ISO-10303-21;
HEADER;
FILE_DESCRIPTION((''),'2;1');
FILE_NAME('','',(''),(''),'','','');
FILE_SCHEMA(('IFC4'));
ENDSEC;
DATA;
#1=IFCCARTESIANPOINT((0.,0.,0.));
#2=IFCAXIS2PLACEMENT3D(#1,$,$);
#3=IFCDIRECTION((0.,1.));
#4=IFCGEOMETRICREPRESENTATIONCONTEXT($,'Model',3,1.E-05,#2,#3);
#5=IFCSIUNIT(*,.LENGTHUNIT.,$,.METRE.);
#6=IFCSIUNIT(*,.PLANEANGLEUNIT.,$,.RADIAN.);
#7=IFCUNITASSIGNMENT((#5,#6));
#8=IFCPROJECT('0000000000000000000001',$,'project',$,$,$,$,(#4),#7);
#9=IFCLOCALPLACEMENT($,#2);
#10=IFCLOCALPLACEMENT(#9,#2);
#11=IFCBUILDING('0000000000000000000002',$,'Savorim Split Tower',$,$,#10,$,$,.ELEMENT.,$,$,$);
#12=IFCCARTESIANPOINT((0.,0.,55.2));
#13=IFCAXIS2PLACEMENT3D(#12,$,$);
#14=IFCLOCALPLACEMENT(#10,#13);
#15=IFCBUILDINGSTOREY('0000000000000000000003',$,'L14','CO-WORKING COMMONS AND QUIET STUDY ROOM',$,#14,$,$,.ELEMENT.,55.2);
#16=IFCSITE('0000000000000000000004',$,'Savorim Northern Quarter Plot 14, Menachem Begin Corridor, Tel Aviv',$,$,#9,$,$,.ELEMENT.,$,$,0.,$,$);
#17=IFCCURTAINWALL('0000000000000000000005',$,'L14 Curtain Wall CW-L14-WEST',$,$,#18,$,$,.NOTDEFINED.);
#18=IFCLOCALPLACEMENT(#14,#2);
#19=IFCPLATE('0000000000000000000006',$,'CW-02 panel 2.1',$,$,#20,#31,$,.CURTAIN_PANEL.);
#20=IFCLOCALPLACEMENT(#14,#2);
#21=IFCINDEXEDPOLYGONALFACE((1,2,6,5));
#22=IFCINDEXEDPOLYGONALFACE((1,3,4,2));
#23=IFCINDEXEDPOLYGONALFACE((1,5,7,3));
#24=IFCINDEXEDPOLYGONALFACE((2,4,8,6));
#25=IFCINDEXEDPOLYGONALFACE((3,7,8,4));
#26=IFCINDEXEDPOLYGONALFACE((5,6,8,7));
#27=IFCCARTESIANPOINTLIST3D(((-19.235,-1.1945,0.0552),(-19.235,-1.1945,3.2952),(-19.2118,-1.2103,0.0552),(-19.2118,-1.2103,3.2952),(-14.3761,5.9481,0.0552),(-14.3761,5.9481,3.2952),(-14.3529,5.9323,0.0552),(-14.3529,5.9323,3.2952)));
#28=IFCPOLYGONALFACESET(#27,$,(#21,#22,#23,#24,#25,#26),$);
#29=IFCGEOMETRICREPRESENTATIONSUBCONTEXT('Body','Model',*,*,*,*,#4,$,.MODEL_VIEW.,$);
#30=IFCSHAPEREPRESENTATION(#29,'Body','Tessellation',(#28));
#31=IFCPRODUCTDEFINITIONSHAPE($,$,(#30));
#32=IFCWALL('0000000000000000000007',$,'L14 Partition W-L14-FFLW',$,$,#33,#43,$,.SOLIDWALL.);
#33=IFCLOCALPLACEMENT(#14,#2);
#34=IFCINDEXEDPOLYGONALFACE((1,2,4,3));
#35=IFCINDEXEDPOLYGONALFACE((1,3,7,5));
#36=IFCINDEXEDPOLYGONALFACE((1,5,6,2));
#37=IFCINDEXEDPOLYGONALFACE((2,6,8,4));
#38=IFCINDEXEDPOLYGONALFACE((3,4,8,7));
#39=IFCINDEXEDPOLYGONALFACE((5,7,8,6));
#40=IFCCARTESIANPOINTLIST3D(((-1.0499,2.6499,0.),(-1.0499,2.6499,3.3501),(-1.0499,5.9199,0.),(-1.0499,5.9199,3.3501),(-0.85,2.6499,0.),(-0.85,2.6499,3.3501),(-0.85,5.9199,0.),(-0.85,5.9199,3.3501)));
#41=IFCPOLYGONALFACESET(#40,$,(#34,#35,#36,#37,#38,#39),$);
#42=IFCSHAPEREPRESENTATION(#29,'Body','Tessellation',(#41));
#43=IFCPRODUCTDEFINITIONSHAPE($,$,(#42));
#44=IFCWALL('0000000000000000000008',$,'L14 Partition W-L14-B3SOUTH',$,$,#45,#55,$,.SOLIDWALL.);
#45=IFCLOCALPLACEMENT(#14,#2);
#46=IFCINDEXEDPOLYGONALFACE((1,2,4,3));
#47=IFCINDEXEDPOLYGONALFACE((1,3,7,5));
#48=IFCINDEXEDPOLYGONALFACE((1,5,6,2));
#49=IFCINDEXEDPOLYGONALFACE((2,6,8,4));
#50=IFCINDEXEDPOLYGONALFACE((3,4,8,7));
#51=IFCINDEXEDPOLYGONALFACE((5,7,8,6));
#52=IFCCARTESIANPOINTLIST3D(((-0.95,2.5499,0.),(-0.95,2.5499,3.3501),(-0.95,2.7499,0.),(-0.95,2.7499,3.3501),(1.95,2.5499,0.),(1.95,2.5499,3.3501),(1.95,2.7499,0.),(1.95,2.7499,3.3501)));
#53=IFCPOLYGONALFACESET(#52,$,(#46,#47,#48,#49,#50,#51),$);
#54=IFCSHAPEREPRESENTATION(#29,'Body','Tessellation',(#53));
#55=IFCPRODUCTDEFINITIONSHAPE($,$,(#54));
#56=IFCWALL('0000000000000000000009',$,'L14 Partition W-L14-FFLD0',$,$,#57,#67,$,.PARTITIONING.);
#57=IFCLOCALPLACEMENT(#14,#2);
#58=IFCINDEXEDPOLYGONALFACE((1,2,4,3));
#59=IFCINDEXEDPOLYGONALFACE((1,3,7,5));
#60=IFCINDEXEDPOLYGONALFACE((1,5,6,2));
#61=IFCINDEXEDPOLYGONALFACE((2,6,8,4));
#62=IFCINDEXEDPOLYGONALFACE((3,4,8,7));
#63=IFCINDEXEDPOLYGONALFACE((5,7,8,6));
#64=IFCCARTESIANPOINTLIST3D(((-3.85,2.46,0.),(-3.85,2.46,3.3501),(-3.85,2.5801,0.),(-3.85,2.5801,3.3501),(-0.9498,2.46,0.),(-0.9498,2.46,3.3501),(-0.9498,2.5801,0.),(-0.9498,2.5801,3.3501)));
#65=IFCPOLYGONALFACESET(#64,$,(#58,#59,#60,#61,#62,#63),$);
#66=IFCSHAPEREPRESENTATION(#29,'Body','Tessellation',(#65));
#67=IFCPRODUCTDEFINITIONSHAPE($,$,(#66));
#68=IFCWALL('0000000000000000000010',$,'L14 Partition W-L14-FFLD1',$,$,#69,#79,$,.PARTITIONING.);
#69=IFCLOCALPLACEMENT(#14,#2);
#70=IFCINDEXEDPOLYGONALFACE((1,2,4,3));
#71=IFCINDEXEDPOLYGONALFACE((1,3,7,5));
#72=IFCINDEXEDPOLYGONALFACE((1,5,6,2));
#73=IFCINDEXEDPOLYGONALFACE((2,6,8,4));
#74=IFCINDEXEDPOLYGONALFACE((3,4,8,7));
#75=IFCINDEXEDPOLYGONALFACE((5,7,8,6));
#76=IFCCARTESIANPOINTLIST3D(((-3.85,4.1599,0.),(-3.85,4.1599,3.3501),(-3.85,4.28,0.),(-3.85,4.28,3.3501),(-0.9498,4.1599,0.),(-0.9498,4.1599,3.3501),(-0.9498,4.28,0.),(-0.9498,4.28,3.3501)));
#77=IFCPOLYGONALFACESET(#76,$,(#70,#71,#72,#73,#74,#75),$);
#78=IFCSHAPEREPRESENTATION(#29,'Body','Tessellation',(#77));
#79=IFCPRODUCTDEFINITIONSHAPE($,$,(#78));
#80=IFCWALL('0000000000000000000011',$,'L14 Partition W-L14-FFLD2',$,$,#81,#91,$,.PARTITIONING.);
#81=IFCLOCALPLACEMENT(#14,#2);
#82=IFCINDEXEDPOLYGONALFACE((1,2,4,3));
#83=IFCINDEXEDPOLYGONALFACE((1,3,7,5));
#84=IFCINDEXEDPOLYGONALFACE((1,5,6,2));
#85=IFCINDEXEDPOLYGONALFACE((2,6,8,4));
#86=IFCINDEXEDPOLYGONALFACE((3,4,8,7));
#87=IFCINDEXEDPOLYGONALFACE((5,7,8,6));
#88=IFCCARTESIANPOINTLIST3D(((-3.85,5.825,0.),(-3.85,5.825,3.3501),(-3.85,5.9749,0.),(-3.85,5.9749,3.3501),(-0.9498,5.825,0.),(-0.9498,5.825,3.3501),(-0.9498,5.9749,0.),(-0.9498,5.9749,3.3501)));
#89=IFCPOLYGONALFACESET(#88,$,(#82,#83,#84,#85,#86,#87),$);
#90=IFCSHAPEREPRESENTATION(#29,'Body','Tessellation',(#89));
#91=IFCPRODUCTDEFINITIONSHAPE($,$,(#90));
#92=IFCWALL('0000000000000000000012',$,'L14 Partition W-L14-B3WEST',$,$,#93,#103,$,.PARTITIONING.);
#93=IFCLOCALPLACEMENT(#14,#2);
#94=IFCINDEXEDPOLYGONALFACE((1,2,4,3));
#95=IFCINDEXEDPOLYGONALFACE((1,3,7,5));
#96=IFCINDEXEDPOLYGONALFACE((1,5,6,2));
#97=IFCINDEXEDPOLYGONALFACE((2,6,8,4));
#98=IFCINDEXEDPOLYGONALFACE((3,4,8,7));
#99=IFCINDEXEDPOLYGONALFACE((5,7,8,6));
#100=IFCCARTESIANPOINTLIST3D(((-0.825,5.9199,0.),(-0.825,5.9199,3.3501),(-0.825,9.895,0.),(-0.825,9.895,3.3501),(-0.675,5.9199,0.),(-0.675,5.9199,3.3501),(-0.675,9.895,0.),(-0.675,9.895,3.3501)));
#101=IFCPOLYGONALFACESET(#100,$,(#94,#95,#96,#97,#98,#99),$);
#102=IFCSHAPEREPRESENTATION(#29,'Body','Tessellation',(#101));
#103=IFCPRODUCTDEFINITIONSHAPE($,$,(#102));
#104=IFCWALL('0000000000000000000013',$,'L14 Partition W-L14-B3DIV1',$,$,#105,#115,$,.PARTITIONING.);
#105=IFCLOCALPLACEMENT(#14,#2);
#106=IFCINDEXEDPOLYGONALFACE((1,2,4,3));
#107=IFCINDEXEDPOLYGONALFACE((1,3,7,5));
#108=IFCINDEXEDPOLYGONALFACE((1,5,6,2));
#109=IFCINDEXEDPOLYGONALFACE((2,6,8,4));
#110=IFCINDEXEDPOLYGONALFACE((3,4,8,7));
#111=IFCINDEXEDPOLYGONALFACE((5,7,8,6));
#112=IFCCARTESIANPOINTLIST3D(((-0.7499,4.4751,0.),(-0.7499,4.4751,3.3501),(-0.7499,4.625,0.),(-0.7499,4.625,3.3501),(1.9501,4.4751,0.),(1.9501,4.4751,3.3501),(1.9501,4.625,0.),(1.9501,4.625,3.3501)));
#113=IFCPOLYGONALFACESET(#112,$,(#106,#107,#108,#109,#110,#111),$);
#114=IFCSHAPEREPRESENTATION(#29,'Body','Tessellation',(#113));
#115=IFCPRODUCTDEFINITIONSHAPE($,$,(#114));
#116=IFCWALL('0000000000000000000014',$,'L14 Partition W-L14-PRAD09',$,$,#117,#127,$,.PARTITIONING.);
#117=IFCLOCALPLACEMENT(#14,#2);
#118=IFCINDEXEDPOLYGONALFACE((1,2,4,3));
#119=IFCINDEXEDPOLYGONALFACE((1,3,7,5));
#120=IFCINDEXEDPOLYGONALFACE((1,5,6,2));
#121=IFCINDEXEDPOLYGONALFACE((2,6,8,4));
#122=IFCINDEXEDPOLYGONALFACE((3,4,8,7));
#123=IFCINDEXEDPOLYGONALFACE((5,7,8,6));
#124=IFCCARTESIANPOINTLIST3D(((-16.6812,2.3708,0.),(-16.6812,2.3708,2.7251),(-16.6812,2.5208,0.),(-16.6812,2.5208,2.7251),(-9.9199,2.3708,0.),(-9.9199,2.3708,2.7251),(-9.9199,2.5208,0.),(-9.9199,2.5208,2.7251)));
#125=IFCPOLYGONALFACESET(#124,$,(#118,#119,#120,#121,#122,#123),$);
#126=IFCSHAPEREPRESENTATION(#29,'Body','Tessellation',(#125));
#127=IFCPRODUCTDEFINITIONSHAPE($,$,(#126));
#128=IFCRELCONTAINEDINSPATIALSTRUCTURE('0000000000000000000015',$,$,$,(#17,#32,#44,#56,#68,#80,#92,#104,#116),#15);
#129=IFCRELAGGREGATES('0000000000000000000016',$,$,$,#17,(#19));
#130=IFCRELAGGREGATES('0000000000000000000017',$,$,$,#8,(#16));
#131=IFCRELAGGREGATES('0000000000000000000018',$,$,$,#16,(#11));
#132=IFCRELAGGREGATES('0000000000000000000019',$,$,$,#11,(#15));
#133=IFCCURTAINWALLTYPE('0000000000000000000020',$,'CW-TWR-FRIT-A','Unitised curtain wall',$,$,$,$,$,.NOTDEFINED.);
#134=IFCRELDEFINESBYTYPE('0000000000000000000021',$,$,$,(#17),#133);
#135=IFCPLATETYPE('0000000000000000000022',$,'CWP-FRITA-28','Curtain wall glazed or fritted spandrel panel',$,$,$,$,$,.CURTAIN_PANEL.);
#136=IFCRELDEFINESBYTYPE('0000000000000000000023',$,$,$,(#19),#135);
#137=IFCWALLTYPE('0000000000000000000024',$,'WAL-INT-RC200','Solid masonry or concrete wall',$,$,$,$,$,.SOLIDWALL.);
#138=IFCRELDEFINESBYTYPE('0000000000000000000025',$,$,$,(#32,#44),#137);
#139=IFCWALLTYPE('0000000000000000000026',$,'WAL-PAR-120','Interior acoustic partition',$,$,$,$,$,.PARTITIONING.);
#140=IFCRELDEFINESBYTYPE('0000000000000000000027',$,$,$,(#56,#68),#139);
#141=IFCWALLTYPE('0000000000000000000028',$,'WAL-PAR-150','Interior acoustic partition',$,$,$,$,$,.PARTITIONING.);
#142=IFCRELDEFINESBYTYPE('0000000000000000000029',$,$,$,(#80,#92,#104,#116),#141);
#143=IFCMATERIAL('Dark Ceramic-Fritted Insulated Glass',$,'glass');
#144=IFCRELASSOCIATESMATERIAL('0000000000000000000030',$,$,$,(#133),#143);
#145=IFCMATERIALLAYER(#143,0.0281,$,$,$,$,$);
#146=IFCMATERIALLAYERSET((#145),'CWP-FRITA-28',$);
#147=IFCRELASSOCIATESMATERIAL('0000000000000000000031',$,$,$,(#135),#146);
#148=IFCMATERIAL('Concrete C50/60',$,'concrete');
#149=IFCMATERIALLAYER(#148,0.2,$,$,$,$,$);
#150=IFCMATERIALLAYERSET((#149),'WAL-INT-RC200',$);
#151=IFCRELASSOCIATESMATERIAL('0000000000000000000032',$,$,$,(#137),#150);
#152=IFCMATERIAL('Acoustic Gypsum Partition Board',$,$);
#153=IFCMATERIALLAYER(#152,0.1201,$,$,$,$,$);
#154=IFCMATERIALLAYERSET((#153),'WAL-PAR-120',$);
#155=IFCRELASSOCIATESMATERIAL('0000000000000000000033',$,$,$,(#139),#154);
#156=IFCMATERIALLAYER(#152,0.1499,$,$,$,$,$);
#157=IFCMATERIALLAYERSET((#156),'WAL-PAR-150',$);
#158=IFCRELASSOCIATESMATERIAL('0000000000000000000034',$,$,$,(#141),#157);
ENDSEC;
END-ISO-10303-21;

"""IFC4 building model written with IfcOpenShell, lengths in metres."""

from ifc_helpers import new_model, si_unit, direction, frame, frame_2d, origin, origin_2d, place, context, subcontext, project, spatial, rectangle, extrude, material, layer, layer_set, type_object, element, aggregate, save


model = new_model("IFC4")

# Units and contexts
model_context = context("Model", 3, precision=1e-05, world=origin(), true_north=direction((0.0, 1.0)))
body_context = subcontext(model_context, "Body", "Model", "MODEL_VIEW")
ifc_project = project(units=[si_unit("LENGTHUNIT", "METRE"), si_unit("PLANEANGLEUNIT", "RADIAN")], contexts=[model_context])

# Site, building, storey
site_placement = place(None, origin())
site = spatial("IfcSite", under=ifc_project, at=site_placement, Name="Savorim Northern Quarter Plot 14, Menachem Begin Corridor, Tel Aviv", CompositionType="ELEMENT", RefElevation=0.0)
building_placement = place(site_placement, origin())
building = spatial("IfcBuilding", under=site, at=building_placement, Name="Savorim Split Tower", CompositionType="ELEMENT")
storey_placement = place(building_placement, frame((0.0, 0.0, 55.2)))
storey = spatial("IfcBuildingStorey", under=building, at=storey_placement, Name="L14", Description="CO-WORKING COMMONS AND QUIET STUDY ROOM", CompositionType="ELEMENT", Elevation=55.2)

# Curtain wall, plate
ifc_material_1 = material(Name="Dark Ceramic-Fritted Insulated Glass", Category="glass")
curtain_wall_type = type_object("IfcCurtainWallType", Name="CW-TWR-FRIT-A", Description="Unitised curtain wall", PredefinedType="NOTDEFINED", material=ifc_material_1)
curtain_wall_placement = place(storey_placement, origin())
curtain_wall = element("IfcCurtainWall", 1, at=curtain_wall_placement, inside=storey, type_object=curtain_wall_type, Name="L14 Curtain Wall CW-L14-WEST", PredefinedType="NOTDEFINED")
ifc_layer_1 = layer(ifc_material_1, 0.0281)
ifc_layer_set_1 = layer_set([ifc_layer_1], Name="CWP-FRITA-28")
plate_type = type_object("IfcPlateType", Name="CWP-FRITA-28", Description="Curtain wall glazed or fritted spandrel panel", PredefinedType="CURTAIN_PANEL", material=ifc_layer_set_1)
plate_placement = place(storey_placement, frame((-16.7939, 2.3689, 0.0552), z_axis=(0.0, 0.0, 1.0), x_axis=(-0.562466, -0.82682, 0.0)))
plate = element("IfcPlate", 2, at=plate_placement, type_object=plate_type, Name="CW-02 panel 2.1", PredefinedType="CURTAIN_PANEL", context=body_context, shape_type="SweptSolid", body=[
    extrude(rectangle(XDim=8.6387, YDim=0.0281, at=origin_2d()), origin(), (0.0, 0.0, 1.0), 3.24),
])
aggregate(curtain_wall, [plate])

# Shared definitions
ifc_material_2 = material(Name="Concrete C50/60", Category="concrete")
ifc_layer_2 = layer(ifc_material_2, 0.2)
ifc_layer_set_2 = layer_set([ifc_layer_2], Name="WAL-INT-RC200")
wall_type_1 = type_object("IfcWallType", Name="WAL-INT-RC200", Description="Solid masonry or concrete wall", PredefinedType="SOLIDWALL", material=ifc_layer_set_2)

# Walls
wall_1_placement = place(storey_placement, frame((-0.95, 2.6499, 0.0), z_axis=(0.0, 0.0, 1.0), x_axis=(0.0, 1.0, 0.0)))
element("IfcWall", 3, at=wall_1_placement, inside=storey, type_object=wall_type_1, Name="L14 Partition W-L14-FFLW", PredefinedType="SOLIDWALL", context=body_context, shape_type="SweptSolid", body=[
    extrude(rectangle(XDim=3.27, YDim=0.2, at=frame_2d((1.635, 0.0))), origin(), (0.0, 0.0, 1.0), 3.3501),
])
wall_2_placement = place(storey_placement, frame((-0.95, 2.6499, 0.0), z_axis=(0.0, 0.0, 1.0), x_axis=(1.0, 0.0, 0.0)))
element("IfcWall", 4, at=wall_2_placement, inside=storey, type_object=wall_type_1, Name="L14 Partition W-L14-B3SOUTH", PredefinedType="SOLIDWALL", context=body_context, shape_type="SweptSolid", body=[
    extrude(rectangle(XDim=2.8999, YDim=0.2, at=frame_2d((1.45, 0.0))), origin(), (0.0, 0.0, 1.0), 3.3501),
])
ifc_material_3 = material(Name="Acoustic Gypsum Partition Board")
ifc_layer_3 = layer(ifc_material_3, 0.1201)
ifc_layer_set_3 = layer_set([ifc_layer_3], Name="WAL-PAR-120")
wall_type_2 = type_object("IfcWallType", Name="WAL-PAR-120", Description="Interior acoustic partition", PredefinedType="PARTITIONING", material=ifc_layer_set_3)
for number, where, z_axis, x_axis, name in (
    (5, (-3.8501, 2.52, 0.0), (0.0, 0.0, 1.0), (1.0, 0.0, 0.0), "L14 Partition W-L14-FFLD0"),
    (6, (-3.8501, 4.22, 0.0), (0.0, 0.0, 1.0), (1.0, 0.0, 0.0), "L14 Partition W-L14-FFLD1"),
):
    element("IfcWall", number, at=place(storey_placement, frame(where, z_axis=z_axis, x_axis=x_axis)), inside=storey, type_object=wall_type_2, Name=name, PredefinedType="PARTITIONING", context=body_context, shape_type="SweptSolid", body=[
        extrude(rectangle(XDim=2.9001, YDim=0.1201, at=frame_2d((1.4502, 0.0))), origin(), (0.0, 0.0, 1.0), 3.3501),
    ])
ifc_layer_4 = layer(ifc_material_3, 0.1499)
ifc_layer_set_4 = layer_set([ifc_layer_4], Name="WAL-PAR-150")
wall_type_3 = type_object("IfcWallType", Name="WAL-PAR-150", Description="Interior acoustic partition", PredefinedType="PARTITIONING", material=ifc_layer_set_4)
wall_3_placement = place(storey_placement, frame((-3.8501, 5.8999, 0.0), z_axis=(0.0, 0.0, 1.0), x_axis=(1.0, 0.0, 0.0)))
element("IfcWall", 7, at=wall_3_placement, inside=storey, type_object=wall_type_3, Name="L14 Partition W-L14-FFLD2", PredefinedType="PARTITIONING", context=body_context, shape_type="SweptSolid", body=[
    extrude(rectangle(XDim=2.9001, YDim=0.1499, at=frame_2d((1.4502, 0.0))), origin(), (0.0, 0.0, 1.0), 3.3501),
])
wall_4_placement = place(storey_placement, frame((-0.75, 5.9199, 0.0), z_axis=(0.0, 0.0, 1.0), x_axis=(0.0, 1.0, 0.0)))
element("IfcWall", 8, at=wall_4_placement, inside=storey, type_object=wall_type_3, Name="L14 Partition W-L14-B3WEST", PredefinedType="PARTITIONING", context=body_context, shape_type="SweptSolid", body=[
    extrude(rectangle(XDim=3.9751, YDim=0.1499, at=frame_2d((1.9875, 0.0))), origin(), (0.0, 0.0, 1.0), 3.3501),
])
wall_5_placement = place(storey_placement, frame((-0.75, 4.55, 0.0), z_axis=(0.0, 0.0, 1.0), x_axis=(1.0, 0.0, 0.0)))
element("IfcWall", 9, at=wall_5_placement, inside=storey, type_object=wall_type_3, Name="L14 Partition W-L14-B3DIV1", PredefinedType="PARTITIONING", context=body_context, shape_type="SweptSolid", body=[
    extrude(rectangle(XDim=2.7, YDim=0.1499, at=frame_2d((1.3501, 0.0))), origin(), (0.0, 0.0, 1.0), 3.3501),
])
wall_6_placement = place(storey_placement, frame((-9.9199, 2.4458, 0.0), z_axis=(0.0, 0.0, 1.0), x_axis=(-1.0, 0.0, 0.0)))
element("IfcWall", 10, at=wall_6_placement, inside=storey, type_object=wall_type_3, Name="L14 Partition W-L14-PRAD09", PredefinedType="PARTITIONING", context=body_context, shape_type="SweptSolid", body=[
    extrude(rectangle(XDim=6.7612, YDim=0.1499, at=frame_2d((3.3806, 0.0))), origin(), (0.0, 0.0, 1.0), 2.7251),
])

save(model, "model.ifc")
